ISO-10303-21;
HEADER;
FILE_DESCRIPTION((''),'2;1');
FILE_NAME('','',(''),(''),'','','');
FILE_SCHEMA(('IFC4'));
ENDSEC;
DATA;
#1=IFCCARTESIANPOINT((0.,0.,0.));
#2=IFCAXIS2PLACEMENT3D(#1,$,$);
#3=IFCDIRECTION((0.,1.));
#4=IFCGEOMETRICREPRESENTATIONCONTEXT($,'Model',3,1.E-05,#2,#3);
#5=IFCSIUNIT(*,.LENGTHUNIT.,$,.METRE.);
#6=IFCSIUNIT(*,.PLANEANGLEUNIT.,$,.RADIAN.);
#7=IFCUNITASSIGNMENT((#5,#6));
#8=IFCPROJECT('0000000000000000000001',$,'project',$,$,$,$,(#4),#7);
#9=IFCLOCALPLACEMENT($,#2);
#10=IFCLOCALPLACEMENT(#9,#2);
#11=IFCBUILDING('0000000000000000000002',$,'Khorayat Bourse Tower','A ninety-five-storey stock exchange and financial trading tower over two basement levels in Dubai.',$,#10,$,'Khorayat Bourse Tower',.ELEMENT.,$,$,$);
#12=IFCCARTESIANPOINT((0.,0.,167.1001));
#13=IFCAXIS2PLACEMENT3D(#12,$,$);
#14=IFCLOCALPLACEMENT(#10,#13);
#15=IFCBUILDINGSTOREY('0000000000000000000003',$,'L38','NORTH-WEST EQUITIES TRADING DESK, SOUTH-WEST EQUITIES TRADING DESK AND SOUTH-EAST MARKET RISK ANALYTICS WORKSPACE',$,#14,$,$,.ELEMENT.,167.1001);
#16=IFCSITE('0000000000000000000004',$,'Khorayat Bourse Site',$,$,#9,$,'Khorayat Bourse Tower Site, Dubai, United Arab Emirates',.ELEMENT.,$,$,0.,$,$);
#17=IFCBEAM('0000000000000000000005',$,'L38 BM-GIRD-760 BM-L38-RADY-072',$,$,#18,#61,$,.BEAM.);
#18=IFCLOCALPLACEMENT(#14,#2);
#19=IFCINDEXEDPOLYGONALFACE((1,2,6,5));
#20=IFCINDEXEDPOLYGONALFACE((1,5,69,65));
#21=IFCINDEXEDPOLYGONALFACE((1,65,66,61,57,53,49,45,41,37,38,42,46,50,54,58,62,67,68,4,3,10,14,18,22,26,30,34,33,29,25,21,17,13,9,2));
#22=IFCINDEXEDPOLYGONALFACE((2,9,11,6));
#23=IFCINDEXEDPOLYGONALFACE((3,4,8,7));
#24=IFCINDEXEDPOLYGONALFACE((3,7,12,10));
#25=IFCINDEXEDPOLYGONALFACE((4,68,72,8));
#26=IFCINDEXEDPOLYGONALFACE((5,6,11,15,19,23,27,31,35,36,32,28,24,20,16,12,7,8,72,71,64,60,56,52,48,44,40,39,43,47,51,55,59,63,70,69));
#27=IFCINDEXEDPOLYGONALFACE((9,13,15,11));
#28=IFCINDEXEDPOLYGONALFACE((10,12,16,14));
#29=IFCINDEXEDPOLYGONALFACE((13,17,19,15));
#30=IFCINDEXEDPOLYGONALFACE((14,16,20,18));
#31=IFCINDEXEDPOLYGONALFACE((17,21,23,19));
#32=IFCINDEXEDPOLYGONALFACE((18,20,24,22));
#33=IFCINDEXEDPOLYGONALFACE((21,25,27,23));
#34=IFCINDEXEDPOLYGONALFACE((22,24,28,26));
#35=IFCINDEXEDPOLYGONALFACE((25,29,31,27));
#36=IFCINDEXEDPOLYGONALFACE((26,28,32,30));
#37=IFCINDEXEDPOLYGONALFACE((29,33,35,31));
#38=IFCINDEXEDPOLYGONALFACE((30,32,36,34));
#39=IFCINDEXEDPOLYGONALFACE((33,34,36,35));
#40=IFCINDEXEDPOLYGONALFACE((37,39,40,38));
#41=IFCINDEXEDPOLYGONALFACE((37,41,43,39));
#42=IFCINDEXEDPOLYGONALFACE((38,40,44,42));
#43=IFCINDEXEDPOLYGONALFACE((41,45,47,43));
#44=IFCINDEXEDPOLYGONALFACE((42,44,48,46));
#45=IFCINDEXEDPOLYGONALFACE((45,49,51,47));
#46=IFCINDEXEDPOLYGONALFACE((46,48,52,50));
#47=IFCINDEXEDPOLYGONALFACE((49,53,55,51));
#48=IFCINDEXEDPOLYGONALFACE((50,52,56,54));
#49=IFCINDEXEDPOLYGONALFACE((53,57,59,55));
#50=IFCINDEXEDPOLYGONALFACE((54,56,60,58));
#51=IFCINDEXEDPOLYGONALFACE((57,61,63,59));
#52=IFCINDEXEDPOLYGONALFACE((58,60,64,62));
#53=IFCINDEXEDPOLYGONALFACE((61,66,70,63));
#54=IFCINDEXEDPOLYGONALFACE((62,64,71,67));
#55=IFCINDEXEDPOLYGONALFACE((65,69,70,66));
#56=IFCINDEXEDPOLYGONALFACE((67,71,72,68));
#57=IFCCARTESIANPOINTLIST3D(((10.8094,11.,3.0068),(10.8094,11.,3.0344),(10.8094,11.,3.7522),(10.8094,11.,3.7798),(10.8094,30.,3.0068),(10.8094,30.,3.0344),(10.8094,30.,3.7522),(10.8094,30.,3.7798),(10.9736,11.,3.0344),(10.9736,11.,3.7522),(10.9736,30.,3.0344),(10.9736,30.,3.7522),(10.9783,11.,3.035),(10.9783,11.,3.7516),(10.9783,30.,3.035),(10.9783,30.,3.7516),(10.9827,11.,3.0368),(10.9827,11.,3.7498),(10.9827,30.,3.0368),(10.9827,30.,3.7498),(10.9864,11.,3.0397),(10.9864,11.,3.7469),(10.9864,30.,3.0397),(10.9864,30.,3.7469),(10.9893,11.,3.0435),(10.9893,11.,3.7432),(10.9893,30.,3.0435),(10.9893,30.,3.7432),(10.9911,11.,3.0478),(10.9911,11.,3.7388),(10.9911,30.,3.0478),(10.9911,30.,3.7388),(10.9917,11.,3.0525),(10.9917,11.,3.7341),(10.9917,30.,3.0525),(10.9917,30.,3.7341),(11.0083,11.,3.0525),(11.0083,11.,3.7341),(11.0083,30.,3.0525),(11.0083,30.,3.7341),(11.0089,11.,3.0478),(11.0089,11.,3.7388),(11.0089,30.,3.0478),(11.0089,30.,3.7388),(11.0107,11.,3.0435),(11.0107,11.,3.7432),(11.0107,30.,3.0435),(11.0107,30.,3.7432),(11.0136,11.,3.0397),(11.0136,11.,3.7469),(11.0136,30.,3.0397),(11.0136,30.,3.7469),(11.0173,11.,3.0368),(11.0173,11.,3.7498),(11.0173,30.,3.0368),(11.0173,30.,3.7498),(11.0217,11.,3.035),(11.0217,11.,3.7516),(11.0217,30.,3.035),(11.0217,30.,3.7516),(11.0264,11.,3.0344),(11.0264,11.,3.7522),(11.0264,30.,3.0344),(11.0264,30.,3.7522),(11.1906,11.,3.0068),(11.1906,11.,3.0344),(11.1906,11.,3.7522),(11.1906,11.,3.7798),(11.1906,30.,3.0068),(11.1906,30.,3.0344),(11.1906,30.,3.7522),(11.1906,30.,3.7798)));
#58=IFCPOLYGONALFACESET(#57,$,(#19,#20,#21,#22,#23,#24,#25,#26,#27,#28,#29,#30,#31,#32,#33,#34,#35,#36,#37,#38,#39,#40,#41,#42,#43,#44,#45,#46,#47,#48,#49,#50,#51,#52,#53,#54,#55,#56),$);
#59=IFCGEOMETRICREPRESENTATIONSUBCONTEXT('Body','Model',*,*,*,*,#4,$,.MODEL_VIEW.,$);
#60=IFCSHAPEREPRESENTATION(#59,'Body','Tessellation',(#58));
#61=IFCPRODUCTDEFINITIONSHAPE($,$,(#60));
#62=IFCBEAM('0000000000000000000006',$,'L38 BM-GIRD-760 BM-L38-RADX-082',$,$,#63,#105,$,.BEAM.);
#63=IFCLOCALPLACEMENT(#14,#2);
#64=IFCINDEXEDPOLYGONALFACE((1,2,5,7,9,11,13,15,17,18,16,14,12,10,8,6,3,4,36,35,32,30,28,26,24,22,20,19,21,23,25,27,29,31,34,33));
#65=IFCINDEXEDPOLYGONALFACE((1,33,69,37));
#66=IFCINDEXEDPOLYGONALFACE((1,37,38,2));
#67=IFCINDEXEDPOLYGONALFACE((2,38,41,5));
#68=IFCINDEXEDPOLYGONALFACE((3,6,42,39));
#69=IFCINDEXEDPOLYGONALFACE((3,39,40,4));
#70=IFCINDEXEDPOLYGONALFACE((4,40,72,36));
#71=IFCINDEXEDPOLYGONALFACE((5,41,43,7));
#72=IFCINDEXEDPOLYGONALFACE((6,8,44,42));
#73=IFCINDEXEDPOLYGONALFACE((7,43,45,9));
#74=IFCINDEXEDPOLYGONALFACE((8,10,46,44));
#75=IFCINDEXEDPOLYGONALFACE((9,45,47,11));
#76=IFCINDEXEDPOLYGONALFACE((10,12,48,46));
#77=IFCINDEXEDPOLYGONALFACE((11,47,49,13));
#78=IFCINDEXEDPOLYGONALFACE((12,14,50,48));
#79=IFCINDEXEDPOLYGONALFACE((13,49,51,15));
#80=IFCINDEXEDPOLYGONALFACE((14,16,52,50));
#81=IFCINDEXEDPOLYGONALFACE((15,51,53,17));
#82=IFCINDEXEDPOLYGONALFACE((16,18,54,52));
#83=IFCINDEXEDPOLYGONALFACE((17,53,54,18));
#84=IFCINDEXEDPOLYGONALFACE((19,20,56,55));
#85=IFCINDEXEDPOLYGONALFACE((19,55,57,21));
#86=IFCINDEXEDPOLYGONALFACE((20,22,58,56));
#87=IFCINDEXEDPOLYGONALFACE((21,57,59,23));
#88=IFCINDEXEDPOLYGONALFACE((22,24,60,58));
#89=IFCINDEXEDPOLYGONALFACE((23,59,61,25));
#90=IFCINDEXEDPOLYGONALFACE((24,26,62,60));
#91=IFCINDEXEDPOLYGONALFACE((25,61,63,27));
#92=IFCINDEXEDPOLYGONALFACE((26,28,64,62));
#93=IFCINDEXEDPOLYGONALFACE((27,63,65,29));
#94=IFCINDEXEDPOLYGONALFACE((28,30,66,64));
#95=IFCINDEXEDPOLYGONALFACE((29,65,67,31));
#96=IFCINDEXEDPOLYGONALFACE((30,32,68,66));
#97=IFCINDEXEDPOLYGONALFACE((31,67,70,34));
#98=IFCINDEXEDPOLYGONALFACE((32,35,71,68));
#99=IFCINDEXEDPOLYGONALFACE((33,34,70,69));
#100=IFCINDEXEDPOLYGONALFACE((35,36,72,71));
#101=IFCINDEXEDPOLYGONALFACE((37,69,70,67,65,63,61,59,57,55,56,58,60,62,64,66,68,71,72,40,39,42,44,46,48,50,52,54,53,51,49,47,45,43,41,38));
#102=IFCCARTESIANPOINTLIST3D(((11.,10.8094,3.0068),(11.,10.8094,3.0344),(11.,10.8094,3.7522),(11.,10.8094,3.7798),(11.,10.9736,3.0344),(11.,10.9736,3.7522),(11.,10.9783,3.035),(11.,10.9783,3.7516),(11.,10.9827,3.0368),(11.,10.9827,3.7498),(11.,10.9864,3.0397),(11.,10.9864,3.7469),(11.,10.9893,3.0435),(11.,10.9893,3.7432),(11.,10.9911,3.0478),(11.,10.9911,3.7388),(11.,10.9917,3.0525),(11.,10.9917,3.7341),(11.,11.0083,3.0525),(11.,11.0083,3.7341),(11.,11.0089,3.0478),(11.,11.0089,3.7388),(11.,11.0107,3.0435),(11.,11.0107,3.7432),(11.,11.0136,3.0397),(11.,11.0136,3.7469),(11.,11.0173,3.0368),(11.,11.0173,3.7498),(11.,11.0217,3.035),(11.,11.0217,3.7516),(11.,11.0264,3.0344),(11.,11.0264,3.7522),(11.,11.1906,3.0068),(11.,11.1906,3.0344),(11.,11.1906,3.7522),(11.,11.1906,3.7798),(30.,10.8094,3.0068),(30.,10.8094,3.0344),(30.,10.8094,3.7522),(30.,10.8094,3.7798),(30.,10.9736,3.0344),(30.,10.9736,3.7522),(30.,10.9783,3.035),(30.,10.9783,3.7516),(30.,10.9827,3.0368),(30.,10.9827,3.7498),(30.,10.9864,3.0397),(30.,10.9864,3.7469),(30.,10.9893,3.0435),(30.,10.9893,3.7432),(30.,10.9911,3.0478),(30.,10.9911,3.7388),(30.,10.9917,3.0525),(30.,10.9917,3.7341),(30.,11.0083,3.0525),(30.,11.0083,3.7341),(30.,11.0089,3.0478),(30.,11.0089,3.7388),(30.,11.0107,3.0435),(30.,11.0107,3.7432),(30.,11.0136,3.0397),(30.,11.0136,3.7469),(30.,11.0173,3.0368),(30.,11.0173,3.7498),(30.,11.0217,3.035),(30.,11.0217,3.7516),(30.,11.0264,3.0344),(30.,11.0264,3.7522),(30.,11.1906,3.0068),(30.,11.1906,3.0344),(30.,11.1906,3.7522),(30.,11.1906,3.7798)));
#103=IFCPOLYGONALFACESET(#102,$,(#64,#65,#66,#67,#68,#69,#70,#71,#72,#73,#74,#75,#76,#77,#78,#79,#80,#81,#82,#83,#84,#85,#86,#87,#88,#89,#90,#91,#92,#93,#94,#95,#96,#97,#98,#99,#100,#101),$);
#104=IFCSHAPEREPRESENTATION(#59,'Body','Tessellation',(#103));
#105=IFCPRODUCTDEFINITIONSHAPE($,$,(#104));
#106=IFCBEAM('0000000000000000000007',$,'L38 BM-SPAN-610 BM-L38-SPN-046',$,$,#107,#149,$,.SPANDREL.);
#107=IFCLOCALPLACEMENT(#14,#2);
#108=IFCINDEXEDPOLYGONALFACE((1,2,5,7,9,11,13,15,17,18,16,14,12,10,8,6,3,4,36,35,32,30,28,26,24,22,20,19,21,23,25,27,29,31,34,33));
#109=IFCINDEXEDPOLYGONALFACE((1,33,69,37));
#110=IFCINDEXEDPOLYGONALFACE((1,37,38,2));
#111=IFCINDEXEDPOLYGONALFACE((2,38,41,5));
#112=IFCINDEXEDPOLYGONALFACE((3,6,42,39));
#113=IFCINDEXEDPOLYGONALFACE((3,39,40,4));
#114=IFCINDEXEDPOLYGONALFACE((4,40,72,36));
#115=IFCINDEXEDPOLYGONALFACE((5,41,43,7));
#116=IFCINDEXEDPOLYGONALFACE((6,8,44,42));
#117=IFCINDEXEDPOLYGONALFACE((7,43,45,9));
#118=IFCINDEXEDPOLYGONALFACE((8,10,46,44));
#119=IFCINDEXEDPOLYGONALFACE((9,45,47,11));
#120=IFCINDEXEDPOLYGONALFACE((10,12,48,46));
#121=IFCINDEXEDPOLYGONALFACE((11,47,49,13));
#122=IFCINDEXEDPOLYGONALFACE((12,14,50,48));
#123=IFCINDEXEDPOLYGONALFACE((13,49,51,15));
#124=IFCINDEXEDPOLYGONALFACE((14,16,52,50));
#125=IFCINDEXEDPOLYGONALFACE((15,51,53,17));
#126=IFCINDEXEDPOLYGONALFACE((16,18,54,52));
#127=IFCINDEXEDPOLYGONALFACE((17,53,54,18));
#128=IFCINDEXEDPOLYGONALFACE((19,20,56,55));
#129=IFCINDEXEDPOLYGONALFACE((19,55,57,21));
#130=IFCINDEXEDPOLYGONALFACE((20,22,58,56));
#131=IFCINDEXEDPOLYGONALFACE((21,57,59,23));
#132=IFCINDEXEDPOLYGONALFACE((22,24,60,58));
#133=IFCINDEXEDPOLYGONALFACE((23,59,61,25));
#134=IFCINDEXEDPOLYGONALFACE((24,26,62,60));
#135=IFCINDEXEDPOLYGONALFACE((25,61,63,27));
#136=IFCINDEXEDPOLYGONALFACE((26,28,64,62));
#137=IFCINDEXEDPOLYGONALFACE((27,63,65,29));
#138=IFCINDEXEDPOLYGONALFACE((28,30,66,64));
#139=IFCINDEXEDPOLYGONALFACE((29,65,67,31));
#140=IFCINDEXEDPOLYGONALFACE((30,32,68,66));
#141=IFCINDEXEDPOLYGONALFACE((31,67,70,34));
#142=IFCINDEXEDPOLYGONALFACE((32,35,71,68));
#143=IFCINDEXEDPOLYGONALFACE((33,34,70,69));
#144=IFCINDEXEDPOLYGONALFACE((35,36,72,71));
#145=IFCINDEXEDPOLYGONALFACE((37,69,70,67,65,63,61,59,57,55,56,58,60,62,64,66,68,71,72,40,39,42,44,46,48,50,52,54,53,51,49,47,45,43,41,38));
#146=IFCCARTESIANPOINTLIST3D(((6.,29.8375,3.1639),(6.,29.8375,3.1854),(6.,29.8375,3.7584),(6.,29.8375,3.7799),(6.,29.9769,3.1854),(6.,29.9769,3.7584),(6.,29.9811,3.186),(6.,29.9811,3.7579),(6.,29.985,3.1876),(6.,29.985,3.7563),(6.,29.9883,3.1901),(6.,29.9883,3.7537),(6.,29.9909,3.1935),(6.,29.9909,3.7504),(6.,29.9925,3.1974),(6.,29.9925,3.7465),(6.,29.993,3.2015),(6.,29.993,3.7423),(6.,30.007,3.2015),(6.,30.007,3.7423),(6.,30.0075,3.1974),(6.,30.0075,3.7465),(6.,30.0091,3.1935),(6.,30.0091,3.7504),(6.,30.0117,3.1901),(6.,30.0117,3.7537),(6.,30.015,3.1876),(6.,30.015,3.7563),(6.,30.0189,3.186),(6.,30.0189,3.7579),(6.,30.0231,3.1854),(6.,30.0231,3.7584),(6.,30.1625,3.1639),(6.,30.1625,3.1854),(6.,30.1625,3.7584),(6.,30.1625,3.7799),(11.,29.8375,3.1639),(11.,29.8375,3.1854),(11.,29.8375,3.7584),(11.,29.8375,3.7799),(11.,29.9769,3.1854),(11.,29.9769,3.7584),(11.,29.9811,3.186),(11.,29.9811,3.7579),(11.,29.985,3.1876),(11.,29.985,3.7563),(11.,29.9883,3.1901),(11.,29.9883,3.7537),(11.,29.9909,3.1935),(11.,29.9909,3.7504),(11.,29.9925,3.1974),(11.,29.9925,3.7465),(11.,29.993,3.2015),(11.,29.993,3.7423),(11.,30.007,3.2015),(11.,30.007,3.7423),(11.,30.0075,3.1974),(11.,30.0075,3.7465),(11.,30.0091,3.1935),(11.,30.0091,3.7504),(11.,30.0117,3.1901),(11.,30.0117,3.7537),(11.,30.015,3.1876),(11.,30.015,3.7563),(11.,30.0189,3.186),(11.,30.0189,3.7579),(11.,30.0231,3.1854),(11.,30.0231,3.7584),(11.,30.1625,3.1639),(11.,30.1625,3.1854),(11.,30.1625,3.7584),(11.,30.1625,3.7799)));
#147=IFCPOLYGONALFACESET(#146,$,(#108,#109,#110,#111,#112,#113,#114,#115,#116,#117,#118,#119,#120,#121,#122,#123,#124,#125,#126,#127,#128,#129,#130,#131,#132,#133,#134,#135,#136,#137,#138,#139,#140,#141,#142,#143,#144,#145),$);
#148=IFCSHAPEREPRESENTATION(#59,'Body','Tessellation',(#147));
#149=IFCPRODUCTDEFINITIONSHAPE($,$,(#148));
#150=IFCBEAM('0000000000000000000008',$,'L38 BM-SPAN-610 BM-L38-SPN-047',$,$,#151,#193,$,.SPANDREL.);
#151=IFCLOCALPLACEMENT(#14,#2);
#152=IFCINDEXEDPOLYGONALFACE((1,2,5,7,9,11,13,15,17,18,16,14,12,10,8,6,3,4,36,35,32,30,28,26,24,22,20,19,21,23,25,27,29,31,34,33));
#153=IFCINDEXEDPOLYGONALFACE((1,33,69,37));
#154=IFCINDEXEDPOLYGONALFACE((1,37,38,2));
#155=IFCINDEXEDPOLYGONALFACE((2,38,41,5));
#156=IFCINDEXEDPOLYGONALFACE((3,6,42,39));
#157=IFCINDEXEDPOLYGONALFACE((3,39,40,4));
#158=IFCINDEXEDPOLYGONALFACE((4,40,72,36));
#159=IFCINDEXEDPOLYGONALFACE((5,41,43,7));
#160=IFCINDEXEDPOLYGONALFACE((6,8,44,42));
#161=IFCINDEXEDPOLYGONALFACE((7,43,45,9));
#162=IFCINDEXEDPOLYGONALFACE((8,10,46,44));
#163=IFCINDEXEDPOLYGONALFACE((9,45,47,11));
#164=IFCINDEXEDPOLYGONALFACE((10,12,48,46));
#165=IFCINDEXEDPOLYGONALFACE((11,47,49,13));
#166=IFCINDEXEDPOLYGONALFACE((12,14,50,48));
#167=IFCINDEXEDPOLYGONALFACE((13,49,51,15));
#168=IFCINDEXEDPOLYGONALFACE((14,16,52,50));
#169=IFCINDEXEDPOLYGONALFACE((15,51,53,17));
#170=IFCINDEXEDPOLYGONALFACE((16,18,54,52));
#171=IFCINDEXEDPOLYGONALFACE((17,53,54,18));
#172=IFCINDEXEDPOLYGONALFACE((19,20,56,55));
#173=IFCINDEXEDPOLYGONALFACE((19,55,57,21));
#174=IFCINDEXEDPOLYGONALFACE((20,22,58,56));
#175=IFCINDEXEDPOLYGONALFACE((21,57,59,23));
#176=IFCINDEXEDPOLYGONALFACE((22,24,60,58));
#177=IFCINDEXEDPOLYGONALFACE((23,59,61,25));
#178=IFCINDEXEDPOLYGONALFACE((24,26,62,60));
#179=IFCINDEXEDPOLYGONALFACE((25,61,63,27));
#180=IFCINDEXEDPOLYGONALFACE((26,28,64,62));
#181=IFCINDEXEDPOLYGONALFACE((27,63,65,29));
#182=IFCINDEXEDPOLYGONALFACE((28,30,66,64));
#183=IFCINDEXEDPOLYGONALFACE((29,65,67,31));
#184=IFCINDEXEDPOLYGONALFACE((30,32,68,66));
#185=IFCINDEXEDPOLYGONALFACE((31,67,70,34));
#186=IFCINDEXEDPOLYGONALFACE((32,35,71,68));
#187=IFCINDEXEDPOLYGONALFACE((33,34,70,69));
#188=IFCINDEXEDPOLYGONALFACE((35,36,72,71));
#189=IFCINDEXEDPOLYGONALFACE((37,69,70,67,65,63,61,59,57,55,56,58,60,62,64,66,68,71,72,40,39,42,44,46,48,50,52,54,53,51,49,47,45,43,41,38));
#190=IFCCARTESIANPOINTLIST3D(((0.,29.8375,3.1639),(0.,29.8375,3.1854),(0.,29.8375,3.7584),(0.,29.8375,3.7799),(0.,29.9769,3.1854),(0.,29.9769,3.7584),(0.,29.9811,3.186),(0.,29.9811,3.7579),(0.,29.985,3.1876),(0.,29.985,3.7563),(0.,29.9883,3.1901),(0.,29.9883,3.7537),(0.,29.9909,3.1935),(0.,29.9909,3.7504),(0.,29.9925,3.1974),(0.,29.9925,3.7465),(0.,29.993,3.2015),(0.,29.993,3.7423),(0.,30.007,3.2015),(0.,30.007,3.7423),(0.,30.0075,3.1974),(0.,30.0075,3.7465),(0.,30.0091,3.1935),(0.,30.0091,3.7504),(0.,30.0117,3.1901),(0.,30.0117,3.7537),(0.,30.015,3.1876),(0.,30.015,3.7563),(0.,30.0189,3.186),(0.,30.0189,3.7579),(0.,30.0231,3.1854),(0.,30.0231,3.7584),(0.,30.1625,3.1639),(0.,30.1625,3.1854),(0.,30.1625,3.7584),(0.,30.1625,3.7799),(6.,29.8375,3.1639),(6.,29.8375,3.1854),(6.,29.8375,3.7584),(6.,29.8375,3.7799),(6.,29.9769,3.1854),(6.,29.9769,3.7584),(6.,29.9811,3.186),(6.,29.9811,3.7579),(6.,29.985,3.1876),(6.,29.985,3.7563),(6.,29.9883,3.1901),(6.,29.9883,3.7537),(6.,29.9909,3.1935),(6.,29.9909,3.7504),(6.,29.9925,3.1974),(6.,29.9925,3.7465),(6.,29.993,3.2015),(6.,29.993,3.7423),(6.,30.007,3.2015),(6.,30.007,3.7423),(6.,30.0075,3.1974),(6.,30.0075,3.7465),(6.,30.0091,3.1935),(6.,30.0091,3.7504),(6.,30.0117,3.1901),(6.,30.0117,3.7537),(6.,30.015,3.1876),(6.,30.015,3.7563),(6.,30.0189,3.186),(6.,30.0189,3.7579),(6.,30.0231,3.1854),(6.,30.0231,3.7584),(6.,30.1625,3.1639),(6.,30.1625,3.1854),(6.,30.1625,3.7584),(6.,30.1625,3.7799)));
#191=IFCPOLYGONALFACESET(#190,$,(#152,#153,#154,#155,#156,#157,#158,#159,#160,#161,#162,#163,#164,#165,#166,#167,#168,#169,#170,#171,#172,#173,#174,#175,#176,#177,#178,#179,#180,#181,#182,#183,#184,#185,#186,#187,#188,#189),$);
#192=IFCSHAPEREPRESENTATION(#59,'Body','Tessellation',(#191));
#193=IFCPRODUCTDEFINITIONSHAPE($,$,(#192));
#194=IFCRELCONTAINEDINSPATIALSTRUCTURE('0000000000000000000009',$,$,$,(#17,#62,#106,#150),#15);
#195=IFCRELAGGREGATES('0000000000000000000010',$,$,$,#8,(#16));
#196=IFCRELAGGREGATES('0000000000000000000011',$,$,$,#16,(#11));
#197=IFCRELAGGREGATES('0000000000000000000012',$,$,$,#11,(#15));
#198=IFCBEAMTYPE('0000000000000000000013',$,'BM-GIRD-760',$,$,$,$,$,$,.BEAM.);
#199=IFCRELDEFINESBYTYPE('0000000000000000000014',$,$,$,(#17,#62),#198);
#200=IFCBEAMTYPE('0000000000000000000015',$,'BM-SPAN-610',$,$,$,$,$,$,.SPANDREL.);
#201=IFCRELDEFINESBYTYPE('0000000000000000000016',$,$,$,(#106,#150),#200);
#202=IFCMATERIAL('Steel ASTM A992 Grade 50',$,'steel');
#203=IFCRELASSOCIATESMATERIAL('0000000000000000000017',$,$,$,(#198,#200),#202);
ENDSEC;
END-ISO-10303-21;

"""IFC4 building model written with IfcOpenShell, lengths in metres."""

from ifc_helpers import new_model, si_unit, direction, frame, origin, origin_2d, place, context, subcontext, project, spatial, i_section, extrude, source, transform, mapped, material, material_profile, profile_set, type_object, element, save


model = new_model("IFC4")

# Units and contexts
model_context = context("Model", 3, precision=1e-05, world=origin(), true_north=direction((0.0, 1.0)))
body_context = subcontext(model_context, "Body", "Model", "MODEL_VIEW")
ifc_project = project(units=[si_unit("LENGTHUNIT", "METRE"), si_unit("PLANEANGLEUNIT", "RADIAN")], contexts=[model_context])

# Site, building, storey
site_placement = place(None, origin())
site = spatial("IfcSite", under=ifc_project, at=site_placement, Name="Khorayat Bourse Site", LongName="Khorayat Bourse Tower Site, Dubai, United Arab Emirates", CompositionType="ELEMENT", RefElevation=0.0)
building_placement = place(site_placement, origin())
building = spatial("IfcBuilding", under=site, at=building_placement, Name="Khorayat Bourse Tower", Description="A ninety-five-storey stock exchange and financial trading tower over two basement levels in Dubai.", LongName="Khorayat Bourse Tower", CompositionType="ELEMENT")
storey_placement = place(building_placement, frame((0.0, 0.0, 167.1001)))
storey = spatial("IfcBuildingStorey", under=building, at=storey_placement, Name="L38", Description="NORTH-WEST EQUITIES TRADING DESK, SOUTH-WEST EQUITIES TRADING DESK AND SOUTH-EAST MARKET RISK ANALYTICS WORKSPACE", CompositionType="ELEMENT", Elevation=167.1001)

# Beams
ifc_material_1 = material(Name="Steel ASTM A992 Grade 50", Category="steel")
ifc_material_profile_1 = material_profile(ifc_material_1, i_section(OverallWidth=0.3811, OverallDepth=0.7729, WebThickness=0.0166, FlangeThickness=0.0276, FilletRadius=0.0181, at=origin_2d()), Name="W760X257")
ifc_profile_set_1 = profile_set([ifc_material_profile_1], Name="Steel ASTM A992 Grade 50")
beam_type_1 = type_object("IfcBeamType", Name="BM-GIRD-760", PredefinedType="BEAM", material=ifc_profile_set_1)
shared_shape_1 = source(origin(), body_context, "Body", "SweptSolid", [
    extrude(i_section(OverallWidth=0.3811, OverallDepth=0.7729, WebThickness=0.0166, FlangeThickness=0.0276, FilletRadius=0.0181, at=origin_2d()), origin(), (0.0, 0.0, 1.0), 19.0),
])
for number, where, z_axis, x_axis, name in (
    (1, (11.0, 11.0, 3.3933), (0.0, 1.0, 0.0), (-1.0, 0.0, 0.0), "L38 BM-GIRD-760 BM-L38-RADY-072"),
    (2, (11.0, 11.0, 3.3933), (1.0, 0.0, 0.0), (0.0, 1.0, 0.0), "L38 BM-GIRD-760 BM-L38-RADX-082"),
):
    element("IfcBeam", number, at=place(storey_placement, frame(where, z_axis=z_axis, x_axis=x_axis)), inside=storey, type_object=beam_type_1, Name=name, PredefinedType="BEAM", context=body_context, shape_type="MappedRepresentation", body=[
        mapped(shared_shape_1, transform((0.0, 0.0, 0.0), scale=1.0)),
    ])
ifc_material_profile_2 = material_profile(ifc_material_1, i_section(OverallWidth=0.325, OverallDepth=0.616, WebThickness=0.0139, FlangeThickness=0.0215, FilletRadius=0.0161, at=origin_2d()), Name="W610X174")
ifc_profile_set_2 = profile_set([ifc_material_profile_2], Name="Steel ASTM A992 Grade 50")
beam_type_2 = type_object("IfcBeamType", Name="BM-SPAN-610", PredefinedType="SPANDREL", material=ifc_profile_set_2)
shared_shape_2 = source(origin(), body_context, "Body", "SweptSolid", [
    extrude(i_section(OverallWidth=0.325, OverallDepth=0.616, WebThickness=0.0139, FlangeThickness=0.0215, FilletRadius=0.0161, at=origin_2d()), origin(), (0.0, 0.0, 1.0), 5.0),
])
beam_1_placement = place(storey_placement, frame((6.0, 30.0, 3.4719), z_axis=(1.0, 0.0, 0.0), x_axis=(0.0, 1.0, 0.0)))
element("IfcBeam", 3, at=beam_1_placement, inside=storey, type_object=beam_type_2, Name="L38 BM-SPAN-610 BM-L38-SPN-046", PredefinedType="SPANDREL", context=body_context, shape_type="MappedRepresentation", body=[
    mapped(shared_shape_2, transform((0.0, 0.0, 0.0), scale=1.0)),
])
shared_shape_3 = source(origin(), body_context, "Body", "SweptSolid", [
    extrude(i_section(OverallWidth=0.325, OverallDepth=0.616, WebThickness=0.0139, FlangeThickness=0.0215, FilletRadius=0.0161, at=origin_2d()), origin(), (0.0, 0.0, 1.0), 6.0),
])
beam_2_placement = place(storey_placement, frame((0.0, 30.0, 3.4719), z_axis=(1.0, 0.0, 0.0), x_axis=(0.0, 1.0, 0.0)))
element("IfcBeam", 4, at=beam_2_placement, inside=storey, type_object=beam_type_2, Name="L38 BM-SPAN-610 BM-L38-SPN-047", PredefinedType="SPANDREL", context=body_context, shape_type="MappedRepresentation", body=[
    mapped(shared_shape_3, transform((0.0, 0.0, 0.0), scale=1.0)),
])

save(model, "model.ifc")
